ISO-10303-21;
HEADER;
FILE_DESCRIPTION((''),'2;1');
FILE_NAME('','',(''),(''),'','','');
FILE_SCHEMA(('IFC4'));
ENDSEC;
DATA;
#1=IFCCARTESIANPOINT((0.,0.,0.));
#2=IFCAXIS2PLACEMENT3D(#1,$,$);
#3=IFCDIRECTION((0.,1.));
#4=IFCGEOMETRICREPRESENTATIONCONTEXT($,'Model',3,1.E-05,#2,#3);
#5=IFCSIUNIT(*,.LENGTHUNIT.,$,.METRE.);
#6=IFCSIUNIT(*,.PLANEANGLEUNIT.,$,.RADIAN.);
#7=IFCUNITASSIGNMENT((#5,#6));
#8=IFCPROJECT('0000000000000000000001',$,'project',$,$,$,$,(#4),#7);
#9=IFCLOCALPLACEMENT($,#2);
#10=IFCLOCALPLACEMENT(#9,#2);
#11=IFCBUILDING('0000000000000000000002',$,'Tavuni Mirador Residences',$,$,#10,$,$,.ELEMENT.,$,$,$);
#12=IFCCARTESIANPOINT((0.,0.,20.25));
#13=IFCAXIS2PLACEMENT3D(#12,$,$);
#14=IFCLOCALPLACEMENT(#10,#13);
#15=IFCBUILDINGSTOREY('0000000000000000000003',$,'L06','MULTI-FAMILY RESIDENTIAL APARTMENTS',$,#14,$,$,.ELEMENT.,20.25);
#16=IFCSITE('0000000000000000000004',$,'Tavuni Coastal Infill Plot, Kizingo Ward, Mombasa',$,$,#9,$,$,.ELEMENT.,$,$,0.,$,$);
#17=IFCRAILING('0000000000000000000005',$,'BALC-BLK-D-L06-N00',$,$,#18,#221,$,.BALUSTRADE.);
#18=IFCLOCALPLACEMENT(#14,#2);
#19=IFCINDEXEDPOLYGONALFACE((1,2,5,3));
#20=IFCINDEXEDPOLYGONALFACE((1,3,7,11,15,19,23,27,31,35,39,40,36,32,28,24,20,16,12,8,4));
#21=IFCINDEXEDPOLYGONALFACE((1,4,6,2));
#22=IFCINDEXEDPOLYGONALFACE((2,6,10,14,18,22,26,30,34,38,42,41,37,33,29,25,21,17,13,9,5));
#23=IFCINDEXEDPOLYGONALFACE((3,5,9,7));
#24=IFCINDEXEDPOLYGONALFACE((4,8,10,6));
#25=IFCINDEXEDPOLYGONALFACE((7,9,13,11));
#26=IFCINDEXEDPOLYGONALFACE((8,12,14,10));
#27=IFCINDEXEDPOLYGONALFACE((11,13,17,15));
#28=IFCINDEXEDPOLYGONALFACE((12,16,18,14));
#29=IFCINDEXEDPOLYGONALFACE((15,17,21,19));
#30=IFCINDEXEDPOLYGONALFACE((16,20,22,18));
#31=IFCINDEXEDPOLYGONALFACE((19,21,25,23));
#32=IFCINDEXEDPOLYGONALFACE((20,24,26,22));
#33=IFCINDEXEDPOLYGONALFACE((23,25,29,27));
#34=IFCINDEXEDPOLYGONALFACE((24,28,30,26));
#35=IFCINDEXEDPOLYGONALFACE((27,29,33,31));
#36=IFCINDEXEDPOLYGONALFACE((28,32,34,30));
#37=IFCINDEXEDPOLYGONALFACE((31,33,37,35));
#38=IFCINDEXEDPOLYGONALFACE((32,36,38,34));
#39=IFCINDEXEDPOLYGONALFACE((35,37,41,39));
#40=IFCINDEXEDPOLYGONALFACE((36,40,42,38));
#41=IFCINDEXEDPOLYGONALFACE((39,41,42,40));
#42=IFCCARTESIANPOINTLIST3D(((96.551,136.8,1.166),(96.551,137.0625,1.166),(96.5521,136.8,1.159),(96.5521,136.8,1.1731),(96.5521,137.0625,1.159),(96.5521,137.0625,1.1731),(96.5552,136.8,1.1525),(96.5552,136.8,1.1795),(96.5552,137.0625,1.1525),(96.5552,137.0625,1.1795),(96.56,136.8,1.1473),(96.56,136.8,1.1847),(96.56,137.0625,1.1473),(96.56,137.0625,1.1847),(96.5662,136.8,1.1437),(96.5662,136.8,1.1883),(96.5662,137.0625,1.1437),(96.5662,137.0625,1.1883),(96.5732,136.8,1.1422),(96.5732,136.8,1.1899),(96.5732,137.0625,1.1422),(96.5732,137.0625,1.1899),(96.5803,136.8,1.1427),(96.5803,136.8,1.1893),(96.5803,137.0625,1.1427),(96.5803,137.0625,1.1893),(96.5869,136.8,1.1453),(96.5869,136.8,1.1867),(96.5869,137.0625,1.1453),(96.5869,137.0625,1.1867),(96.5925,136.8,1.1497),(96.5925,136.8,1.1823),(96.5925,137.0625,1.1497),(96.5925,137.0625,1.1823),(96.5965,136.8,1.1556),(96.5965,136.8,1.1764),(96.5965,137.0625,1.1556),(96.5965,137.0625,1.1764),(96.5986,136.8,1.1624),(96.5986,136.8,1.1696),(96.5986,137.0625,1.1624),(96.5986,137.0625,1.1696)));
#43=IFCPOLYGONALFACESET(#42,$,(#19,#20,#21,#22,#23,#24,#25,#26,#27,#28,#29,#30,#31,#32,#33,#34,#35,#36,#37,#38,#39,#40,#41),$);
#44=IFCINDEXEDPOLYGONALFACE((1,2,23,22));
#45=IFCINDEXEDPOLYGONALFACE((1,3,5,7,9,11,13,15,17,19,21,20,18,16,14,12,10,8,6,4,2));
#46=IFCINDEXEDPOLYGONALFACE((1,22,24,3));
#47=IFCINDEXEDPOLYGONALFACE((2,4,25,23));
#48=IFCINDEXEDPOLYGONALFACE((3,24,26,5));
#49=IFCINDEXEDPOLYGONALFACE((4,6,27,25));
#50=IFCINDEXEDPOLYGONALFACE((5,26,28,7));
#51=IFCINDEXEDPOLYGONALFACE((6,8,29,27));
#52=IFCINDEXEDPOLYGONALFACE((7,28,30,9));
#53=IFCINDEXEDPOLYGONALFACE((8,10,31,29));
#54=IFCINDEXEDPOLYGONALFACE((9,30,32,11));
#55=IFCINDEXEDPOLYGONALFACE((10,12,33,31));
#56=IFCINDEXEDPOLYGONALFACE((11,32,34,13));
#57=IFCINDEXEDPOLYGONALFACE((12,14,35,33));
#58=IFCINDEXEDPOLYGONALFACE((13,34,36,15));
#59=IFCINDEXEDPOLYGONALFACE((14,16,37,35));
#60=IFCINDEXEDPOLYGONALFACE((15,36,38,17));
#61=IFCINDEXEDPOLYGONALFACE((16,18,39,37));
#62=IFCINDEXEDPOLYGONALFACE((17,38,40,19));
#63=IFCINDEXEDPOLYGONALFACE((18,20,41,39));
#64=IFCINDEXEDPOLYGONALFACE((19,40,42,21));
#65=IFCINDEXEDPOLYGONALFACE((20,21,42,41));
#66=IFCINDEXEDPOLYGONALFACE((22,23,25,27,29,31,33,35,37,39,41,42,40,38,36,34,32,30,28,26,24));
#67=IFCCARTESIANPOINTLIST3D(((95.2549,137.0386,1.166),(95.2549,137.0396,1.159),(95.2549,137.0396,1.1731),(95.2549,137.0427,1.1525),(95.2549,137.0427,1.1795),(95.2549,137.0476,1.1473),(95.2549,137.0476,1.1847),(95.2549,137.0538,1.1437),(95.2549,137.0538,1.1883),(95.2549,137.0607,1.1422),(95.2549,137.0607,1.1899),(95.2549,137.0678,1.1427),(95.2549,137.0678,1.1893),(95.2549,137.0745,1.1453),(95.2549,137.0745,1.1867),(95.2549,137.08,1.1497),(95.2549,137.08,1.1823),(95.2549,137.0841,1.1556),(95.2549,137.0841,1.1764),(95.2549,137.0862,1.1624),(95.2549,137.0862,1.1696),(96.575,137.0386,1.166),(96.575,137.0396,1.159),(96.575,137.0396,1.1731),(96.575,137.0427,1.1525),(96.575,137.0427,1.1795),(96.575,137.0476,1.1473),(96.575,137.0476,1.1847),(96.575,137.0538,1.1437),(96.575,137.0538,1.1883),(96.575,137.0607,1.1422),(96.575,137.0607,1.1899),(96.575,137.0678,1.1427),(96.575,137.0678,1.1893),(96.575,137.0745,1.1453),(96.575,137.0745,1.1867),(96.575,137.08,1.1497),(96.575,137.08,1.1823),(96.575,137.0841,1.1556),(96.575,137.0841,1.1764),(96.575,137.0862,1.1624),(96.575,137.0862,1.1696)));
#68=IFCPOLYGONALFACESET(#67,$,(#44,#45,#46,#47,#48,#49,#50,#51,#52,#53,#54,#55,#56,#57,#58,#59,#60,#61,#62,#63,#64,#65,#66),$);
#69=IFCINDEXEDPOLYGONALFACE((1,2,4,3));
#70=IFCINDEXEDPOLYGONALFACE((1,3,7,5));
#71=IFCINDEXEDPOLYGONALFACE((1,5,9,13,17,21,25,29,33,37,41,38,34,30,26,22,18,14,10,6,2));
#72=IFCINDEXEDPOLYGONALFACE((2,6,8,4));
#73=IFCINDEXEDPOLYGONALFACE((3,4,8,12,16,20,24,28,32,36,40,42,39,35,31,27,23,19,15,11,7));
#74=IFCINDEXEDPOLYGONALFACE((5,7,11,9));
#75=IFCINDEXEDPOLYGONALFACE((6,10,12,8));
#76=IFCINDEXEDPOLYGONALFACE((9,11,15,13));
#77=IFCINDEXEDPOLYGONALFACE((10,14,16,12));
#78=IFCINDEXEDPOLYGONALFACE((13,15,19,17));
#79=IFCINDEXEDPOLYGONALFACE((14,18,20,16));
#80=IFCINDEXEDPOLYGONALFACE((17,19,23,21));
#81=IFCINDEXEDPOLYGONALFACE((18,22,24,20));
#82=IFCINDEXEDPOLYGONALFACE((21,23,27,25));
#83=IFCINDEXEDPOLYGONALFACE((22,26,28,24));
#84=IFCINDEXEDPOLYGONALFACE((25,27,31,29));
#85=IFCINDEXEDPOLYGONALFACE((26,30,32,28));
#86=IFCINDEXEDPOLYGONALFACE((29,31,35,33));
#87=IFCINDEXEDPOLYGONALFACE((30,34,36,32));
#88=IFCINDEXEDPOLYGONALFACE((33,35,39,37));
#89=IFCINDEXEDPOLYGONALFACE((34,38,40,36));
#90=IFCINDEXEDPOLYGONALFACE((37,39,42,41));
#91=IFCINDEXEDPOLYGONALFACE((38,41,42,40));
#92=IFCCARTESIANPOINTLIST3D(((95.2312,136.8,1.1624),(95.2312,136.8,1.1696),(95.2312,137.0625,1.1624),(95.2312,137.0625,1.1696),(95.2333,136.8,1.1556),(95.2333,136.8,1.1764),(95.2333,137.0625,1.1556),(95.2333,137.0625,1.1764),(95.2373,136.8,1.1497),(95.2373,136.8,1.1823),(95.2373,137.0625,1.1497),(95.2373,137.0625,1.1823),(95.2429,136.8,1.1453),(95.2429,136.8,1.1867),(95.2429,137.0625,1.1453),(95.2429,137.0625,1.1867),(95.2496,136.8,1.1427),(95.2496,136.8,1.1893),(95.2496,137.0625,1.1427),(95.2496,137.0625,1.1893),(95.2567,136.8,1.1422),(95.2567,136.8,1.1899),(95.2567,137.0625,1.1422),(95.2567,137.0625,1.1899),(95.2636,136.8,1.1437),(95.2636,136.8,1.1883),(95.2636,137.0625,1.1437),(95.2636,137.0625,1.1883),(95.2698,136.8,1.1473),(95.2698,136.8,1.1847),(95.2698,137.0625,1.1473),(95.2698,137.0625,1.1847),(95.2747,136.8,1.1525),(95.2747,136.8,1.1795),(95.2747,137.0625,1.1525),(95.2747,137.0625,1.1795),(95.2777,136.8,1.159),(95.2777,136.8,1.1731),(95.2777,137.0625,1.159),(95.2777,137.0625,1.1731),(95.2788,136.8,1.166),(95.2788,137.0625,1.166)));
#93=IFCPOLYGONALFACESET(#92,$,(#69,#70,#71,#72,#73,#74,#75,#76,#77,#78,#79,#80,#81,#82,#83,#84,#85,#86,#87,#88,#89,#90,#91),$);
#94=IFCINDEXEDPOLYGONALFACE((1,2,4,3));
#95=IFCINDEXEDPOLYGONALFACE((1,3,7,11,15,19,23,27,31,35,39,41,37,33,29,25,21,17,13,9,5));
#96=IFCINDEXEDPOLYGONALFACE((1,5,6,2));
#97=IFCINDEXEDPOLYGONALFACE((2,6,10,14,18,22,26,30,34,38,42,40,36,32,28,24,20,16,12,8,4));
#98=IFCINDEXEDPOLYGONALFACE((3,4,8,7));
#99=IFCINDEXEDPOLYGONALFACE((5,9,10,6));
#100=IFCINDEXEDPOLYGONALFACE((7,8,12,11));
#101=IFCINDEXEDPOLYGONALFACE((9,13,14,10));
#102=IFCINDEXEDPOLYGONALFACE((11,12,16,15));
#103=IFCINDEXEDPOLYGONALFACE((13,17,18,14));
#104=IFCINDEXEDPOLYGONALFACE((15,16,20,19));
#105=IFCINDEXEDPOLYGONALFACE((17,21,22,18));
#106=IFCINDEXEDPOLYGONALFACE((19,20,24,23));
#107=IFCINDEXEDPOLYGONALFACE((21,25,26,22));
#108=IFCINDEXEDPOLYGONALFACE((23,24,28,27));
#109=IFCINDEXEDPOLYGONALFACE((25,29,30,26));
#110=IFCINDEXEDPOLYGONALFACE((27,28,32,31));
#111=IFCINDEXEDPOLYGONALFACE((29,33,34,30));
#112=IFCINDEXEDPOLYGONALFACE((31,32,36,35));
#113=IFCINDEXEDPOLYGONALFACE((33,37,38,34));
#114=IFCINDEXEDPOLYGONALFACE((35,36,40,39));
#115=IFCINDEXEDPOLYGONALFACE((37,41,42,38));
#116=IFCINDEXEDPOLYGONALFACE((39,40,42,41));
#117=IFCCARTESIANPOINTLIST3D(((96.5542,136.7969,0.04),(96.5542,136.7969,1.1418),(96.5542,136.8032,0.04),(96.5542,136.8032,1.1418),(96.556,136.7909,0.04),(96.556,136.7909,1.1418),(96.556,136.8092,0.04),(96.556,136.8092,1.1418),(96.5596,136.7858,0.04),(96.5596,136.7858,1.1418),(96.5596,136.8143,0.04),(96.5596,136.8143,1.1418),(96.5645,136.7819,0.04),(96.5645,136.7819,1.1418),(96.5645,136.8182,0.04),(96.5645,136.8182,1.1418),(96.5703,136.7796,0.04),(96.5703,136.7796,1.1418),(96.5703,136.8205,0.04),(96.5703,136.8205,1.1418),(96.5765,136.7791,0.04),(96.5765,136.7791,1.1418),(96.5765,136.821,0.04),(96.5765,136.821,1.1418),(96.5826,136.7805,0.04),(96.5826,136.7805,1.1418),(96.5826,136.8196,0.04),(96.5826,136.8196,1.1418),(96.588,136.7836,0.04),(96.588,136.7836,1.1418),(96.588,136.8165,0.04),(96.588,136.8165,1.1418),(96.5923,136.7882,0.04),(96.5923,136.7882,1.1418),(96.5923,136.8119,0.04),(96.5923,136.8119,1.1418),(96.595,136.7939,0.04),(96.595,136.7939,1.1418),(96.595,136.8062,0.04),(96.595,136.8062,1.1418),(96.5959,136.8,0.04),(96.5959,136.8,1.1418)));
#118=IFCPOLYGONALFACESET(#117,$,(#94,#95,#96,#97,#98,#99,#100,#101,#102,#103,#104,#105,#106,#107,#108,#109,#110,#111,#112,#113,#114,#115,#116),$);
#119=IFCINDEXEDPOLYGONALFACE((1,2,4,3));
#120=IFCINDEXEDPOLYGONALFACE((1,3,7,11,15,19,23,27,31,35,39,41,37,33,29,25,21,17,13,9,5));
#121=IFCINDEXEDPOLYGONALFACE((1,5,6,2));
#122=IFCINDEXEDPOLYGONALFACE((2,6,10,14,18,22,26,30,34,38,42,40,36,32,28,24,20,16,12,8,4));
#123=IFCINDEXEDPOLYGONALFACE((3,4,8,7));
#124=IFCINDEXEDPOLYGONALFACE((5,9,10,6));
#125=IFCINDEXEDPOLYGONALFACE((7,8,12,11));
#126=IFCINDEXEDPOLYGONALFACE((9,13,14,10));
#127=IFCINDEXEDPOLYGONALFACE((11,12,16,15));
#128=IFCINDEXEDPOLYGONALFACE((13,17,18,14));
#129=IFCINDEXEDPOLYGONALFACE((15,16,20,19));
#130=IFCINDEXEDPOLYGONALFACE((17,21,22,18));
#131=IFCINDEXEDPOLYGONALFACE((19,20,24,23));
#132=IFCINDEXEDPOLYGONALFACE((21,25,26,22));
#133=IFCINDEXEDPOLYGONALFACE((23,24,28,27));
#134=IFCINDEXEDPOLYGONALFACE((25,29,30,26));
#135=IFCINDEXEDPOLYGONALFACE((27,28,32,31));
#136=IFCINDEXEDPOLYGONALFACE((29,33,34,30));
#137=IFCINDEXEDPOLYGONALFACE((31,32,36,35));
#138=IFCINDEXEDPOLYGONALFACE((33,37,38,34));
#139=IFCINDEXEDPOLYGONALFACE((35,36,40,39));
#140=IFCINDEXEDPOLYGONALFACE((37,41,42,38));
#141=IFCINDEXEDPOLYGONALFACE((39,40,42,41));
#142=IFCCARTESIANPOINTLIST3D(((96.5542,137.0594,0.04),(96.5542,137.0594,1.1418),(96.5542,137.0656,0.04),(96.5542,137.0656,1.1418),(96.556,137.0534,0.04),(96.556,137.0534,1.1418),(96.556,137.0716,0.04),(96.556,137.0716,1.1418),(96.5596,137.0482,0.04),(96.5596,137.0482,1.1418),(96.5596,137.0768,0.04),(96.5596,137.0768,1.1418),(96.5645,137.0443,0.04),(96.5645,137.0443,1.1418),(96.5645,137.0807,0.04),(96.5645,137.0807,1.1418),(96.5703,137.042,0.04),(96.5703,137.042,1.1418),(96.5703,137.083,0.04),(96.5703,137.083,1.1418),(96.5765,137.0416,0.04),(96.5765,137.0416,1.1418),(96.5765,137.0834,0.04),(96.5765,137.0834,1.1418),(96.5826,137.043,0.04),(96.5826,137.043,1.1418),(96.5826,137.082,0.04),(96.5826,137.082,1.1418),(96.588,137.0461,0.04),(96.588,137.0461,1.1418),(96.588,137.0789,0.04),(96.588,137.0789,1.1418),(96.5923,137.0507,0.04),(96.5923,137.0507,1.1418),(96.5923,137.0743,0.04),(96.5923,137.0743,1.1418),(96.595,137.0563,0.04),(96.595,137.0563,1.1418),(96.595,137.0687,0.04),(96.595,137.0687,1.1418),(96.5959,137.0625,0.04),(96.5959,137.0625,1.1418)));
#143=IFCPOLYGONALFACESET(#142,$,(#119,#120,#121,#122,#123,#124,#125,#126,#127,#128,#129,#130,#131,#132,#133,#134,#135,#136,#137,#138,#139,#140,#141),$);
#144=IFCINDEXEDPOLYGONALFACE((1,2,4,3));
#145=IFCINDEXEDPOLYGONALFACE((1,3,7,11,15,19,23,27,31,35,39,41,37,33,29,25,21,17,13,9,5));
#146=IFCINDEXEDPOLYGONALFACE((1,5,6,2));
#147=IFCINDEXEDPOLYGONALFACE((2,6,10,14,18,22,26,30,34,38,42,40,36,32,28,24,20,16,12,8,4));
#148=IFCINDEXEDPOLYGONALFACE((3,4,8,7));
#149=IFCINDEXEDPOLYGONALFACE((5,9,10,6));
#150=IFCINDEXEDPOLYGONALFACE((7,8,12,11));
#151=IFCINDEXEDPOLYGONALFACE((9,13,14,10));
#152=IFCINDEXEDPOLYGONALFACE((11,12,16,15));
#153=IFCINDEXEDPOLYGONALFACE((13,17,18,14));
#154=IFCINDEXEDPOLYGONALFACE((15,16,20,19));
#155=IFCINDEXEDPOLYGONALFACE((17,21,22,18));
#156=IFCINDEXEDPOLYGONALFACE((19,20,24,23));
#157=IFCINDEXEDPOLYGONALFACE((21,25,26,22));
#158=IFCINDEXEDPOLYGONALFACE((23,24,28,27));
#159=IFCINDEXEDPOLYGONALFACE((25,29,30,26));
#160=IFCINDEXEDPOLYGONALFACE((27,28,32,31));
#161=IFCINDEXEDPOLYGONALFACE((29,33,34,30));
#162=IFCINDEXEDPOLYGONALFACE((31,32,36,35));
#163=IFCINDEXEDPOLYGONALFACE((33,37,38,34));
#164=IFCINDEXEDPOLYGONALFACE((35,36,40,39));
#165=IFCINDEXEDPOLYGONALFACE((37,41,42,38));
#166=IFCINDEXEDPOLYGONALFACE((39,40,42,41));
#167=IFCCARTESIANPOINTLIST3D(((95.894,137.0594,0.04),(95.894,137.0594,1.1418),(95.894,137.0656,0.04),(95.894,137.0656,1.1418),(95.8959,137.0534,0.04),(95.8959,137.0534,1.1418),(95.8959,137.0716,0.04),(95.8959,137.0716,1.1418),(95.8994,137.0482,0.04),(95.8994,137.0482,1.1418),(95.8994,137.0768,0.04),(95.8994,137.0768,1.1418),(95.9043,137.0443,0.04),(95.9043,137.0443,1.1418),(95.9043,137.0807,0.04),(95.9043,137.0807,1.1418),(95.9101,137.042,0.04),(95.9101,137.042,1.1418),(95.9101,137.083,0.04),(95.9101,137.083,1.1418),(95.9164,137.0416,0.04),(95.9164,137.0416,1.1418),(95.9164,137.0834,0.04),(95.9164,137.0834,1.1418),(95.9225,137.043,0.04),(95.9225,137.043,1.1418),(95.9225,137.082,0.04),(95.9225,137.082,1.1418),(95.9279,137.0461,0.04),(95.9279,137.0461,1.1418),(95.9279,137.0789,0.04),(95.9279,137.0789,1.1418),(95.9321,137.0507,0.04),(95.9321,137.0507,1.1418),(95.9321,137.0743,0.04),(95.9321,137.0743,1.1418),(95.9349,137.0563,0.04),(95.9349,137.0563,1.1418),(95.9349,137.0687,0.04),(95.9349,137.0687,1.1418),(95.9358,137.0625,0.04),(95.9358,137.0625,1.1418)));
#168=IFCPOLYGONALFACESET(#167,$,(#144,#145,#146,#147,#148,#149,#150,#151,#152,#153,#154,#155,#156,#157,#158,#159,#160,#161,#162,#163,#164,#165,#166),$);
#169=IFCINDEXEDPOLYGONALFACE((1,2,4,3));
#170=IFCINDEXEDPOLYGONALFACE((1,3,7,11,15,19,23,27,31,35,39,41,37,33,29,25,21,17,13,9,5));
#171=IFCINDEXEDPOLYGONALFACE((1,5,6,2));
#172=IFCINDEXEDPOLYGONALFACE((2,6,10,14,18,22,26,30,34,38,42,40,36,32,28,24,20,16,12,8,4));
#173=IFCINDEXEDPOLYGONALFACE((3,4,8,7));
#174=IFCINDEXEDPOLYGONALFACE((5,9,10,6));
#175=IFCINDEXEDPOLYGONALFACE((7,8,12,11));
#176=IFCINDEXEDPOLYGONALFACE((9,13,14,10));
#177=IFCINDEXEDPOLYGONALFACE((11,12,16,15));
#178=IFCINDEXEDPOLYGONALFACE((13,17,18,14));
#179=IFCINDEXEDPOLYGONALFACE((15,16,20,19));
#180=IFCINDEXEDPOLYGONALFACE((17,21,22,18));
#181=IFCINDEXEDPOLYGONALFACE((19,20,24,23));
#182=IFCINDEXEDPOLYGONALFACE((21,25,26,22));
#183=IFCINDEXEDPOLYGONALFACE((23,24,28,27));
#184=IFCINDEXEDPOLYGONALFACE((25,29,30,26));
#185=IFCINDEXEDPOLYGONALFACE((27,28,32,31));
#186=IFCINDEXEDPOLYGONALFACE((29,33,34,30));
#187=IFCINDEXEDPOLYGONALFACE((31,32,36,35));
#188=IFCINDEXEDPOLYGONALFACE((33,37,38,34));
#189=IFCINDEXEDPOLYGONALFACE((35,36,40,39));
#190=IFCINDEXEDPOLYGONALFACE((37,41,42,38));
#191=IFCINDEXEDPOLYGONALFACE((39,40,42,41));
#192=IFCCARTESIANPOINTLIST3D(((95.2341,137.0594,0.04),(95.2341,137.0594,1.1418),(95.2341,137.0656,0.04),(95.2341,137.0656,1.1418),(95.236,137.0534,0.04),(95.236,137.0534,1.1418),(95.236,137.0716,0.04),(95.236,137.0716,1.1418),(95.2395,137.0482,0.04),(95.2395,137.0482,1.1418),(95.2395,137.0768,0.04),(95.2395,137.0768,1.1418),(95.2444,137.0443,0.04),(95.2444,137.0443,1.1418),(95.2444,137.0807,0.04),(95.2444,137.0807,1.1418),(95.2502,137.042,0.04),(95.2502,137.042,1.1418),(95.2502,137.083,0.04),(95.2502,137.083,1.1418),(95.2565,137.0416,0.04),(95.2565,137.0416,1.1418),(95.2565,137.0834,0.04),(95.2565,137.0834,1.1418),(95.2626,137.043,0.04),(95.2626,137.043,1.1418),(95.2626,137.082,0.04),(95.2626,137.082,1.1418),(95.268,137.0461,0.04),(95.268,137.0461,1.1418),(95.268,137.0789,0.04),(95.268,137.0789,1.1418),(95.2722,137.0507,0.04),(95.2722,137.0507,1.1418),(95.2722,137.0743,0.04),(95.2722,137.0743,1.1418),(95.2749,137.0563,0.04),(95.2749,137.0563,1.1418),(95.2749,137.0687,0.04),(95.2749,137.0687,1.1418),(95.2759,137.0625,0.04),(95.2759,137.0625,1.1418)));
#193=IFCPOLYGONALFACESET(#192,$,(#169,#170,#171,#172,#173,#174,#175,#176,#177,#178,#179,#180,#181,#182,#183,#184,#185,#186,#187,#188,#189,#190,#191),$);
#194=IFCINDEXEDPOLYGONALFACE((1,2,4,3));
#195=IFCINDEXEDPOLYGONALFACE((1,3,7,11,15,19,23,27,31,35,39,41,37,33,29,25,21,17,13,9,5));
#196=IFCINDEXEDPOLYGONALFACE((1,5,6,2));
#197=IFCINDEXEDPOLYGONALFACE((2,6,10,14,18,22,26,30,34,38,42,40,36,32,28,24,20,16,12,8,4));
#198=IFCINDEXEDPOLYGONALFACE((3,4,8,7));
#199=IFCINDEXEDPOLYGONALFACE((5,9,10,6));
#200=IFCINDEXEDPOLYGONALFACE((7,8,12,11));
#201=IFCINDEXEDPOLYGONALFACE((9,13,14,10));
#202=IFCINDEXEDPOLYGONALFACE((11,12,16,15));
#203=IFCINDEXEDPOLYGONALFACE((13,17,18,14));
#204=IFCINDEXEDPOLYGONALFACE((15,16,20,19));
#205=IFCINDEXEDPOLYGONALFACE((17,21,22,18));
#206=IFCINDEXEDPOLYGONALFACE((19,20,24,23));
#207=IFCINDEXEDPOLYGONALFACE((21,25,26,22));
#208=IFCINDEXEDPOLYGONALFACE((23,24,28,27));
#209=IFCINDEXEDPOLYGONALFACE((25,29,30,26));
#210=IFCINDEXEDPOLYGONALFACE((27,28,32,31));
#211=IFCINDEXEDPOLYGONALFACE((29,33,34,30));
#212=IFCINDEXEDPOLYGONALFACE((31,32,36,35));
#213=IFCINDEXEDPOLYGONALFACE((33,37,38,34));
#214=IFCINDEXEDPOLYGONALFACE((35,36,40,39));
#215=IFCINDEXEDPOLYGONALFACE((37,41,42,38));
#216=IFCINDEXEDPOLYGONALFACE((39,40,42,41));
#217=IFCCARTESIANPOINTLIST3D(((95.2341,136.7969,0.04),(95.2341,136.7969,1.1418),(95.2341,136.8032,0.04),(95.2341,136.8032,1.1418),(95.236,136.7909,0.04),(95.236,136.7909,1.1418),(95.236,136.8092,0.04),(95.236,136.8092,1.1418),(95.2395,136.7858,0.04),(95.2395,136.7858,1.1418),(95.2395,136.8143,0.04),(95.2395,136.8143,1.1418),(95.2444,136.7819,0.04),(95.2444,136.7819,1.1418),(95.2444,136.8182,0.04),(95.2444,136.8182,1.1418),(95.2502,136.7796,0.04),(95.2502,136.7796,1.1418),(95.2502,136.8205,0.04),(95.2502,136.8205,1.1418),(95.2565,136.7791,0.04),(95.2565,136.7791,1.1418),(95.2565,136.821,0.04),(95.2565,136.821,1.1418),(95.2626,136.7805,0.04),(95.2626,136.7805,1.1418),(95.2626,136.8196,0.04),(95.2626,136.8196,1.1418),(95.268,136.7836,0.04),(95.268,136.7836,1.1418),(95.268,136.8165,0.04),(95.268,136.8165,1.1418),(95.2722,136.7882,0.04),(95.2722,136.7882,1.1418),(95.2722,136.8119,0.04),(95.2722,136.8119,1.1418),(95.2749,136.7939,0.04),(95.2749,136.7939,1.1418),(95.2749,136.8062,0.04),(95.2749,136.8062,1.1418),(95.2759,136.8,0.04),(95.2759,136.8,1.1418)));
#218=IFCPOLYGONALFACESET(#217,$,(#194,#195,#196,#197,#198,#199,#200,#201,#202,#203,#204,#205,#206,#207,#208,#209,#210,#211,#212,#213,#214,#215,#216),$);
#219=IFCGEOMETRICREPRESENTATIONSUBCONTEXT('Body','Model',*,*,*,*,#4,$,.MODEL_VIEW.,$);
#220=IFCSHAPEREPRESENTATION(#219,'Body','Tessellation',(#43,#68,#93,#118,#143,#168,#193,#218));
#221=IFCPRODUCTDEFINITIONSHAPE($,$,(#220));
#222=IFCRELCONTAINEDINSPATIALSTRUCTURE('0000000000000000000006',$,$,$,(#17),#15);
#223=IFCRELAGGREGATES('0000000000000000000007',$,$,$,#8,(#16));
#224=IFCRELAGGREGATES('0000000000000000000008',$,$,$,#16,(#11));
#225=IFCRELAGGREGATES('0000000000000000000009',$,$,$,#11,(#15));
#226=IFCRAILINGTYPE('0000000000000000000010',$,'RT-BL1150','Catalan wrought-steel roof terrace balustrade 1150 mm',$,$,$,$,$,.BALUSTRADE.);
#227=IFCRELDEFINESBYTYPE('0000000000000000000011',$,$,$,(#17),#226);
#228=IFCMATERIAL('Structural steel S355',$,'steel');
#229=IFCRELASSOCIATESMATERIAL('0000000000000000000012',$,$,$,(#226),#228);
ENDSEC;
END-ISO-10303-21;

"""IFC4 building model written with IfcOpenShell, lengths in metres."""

from ifc_helpers import new_model, si_unit, direction, frame, origin, origin_2d, place, context, subcontext, project, spatial, circle, extrude, material, type_object, element, save


model = new_model("IFC4")

# Units and contexts
model_context = context("Model", 3, precision=1e-05, world=origin(), true_north=direction((0.0, 1.0)))
body_context = subcontext(model_context, "Body", "Model", "MODEL_VIEW")
ifc_project = project(units=[si_unit("LENGTHUNIT", "METRE"), si_unit("PLANEANGLEUNIT", "RADIAN")], contexts=[model_context])

# Site, building, storey
site_placement = place(None, origin())
site = spatial("IfcSite", under=ifc_project, at=site_placement, Name="Tavuni Coastal Infill Plot, Kizingo Ward, Mombasa", CompositionType="ELEMENT", RefElevation=0.0)
building_placement = place(site_placement, origin())
building = spatial("IfcBuilding", under=site, at=building_placement, Name="Tavuni Mirador Residences", CompositionType="ELEMENT")
storey_placement = place(building_placement, frame((0.0, 0.0, 20.25)))
storey = spatial("IfcBuildingStorey", under=building, at=storey_placement, Name="L06", Description="MULTI-FAMILY RESIDENTIAL APARTMENTS", CompositionType="ELEMENT", Elevation=20.25)

# Railing
ifc_material_1 = material(Name="Structural steel S355", Category="steel")
railing_type = type_object("IfcRailingType", Name="RT-BL1150", Description="Catalan wrought-steel roof terrace balustrade 1150 mm", PredefinedType="BALUSTRADE", material=ifc_material_1)
railing_placement = place(storey_placement, frame((96.575, 136.8, 0.04)))
element("IfcRailing", 1, at=railing_placement, inside=storey, type_object=railing_type, Name="BALC-BLK-D-L06-N00", PredefinedType="BALUSTRADE", context=body_context, shape_type="SweptSolid", body=[
    extrude(circle(Radius=0.0239, at=origin_2d()), frame((0.0, 0.0, 1.126), z_axis=(0.0, 1.0, 0.0), x_axis=(-1.0, 0.0, 0.0)), (0.0, 0.0, 1.0), 0.2625),
    extrude(circle(Radius=0.0239, at=origin_2d()), frame((0.0, 0.2625, 1.126), z_axis=(-1.0, 0.0, 0.0), x_axis=(0.0, -1.0, 0.0)), (0.0, 0.0, 1.0), 1.3201),
    extrude(circle(Radius=0.0239, at=origin_2d()), frame((-1.3201, 0.2625, 1.126), z_axis=(0.0, -1.0, 0.0), x_axis=(1.0, 0.0, 0.0)), (0.0, 0.0, 1.0), 0.2625),
    extrude(circle(Radius=0.021, at=origin_2d()), origin(), (0.0, 0.0, 1.0), 1.1018),
    extrude(circle(Radius=0.021, at=origin_2d()), frame((0.0, 0.2625, 0.0)), (0.0, 0.0, 1.0), 1.1018),
    extrude(circle(Radius=0.021, at=origin_2d()), frame((-0.6602, 0.2625, 0.0)), (0.0, 0.0, 1.0), 1.1018),
    extrude(circle(Radius=0.021, at=origin_2d()), frame((-1.3201, 0.2625, 0.0)), (0.0, 0.0, 1.0), 1.1018),
    extrude(circle(Radius=0.021, at=origin_2d()), frame((-1.3201, 0.0, 0.0)), (0.0, 0.0, 1.0), 1.1018),
])

save(model, "model.ifc")
